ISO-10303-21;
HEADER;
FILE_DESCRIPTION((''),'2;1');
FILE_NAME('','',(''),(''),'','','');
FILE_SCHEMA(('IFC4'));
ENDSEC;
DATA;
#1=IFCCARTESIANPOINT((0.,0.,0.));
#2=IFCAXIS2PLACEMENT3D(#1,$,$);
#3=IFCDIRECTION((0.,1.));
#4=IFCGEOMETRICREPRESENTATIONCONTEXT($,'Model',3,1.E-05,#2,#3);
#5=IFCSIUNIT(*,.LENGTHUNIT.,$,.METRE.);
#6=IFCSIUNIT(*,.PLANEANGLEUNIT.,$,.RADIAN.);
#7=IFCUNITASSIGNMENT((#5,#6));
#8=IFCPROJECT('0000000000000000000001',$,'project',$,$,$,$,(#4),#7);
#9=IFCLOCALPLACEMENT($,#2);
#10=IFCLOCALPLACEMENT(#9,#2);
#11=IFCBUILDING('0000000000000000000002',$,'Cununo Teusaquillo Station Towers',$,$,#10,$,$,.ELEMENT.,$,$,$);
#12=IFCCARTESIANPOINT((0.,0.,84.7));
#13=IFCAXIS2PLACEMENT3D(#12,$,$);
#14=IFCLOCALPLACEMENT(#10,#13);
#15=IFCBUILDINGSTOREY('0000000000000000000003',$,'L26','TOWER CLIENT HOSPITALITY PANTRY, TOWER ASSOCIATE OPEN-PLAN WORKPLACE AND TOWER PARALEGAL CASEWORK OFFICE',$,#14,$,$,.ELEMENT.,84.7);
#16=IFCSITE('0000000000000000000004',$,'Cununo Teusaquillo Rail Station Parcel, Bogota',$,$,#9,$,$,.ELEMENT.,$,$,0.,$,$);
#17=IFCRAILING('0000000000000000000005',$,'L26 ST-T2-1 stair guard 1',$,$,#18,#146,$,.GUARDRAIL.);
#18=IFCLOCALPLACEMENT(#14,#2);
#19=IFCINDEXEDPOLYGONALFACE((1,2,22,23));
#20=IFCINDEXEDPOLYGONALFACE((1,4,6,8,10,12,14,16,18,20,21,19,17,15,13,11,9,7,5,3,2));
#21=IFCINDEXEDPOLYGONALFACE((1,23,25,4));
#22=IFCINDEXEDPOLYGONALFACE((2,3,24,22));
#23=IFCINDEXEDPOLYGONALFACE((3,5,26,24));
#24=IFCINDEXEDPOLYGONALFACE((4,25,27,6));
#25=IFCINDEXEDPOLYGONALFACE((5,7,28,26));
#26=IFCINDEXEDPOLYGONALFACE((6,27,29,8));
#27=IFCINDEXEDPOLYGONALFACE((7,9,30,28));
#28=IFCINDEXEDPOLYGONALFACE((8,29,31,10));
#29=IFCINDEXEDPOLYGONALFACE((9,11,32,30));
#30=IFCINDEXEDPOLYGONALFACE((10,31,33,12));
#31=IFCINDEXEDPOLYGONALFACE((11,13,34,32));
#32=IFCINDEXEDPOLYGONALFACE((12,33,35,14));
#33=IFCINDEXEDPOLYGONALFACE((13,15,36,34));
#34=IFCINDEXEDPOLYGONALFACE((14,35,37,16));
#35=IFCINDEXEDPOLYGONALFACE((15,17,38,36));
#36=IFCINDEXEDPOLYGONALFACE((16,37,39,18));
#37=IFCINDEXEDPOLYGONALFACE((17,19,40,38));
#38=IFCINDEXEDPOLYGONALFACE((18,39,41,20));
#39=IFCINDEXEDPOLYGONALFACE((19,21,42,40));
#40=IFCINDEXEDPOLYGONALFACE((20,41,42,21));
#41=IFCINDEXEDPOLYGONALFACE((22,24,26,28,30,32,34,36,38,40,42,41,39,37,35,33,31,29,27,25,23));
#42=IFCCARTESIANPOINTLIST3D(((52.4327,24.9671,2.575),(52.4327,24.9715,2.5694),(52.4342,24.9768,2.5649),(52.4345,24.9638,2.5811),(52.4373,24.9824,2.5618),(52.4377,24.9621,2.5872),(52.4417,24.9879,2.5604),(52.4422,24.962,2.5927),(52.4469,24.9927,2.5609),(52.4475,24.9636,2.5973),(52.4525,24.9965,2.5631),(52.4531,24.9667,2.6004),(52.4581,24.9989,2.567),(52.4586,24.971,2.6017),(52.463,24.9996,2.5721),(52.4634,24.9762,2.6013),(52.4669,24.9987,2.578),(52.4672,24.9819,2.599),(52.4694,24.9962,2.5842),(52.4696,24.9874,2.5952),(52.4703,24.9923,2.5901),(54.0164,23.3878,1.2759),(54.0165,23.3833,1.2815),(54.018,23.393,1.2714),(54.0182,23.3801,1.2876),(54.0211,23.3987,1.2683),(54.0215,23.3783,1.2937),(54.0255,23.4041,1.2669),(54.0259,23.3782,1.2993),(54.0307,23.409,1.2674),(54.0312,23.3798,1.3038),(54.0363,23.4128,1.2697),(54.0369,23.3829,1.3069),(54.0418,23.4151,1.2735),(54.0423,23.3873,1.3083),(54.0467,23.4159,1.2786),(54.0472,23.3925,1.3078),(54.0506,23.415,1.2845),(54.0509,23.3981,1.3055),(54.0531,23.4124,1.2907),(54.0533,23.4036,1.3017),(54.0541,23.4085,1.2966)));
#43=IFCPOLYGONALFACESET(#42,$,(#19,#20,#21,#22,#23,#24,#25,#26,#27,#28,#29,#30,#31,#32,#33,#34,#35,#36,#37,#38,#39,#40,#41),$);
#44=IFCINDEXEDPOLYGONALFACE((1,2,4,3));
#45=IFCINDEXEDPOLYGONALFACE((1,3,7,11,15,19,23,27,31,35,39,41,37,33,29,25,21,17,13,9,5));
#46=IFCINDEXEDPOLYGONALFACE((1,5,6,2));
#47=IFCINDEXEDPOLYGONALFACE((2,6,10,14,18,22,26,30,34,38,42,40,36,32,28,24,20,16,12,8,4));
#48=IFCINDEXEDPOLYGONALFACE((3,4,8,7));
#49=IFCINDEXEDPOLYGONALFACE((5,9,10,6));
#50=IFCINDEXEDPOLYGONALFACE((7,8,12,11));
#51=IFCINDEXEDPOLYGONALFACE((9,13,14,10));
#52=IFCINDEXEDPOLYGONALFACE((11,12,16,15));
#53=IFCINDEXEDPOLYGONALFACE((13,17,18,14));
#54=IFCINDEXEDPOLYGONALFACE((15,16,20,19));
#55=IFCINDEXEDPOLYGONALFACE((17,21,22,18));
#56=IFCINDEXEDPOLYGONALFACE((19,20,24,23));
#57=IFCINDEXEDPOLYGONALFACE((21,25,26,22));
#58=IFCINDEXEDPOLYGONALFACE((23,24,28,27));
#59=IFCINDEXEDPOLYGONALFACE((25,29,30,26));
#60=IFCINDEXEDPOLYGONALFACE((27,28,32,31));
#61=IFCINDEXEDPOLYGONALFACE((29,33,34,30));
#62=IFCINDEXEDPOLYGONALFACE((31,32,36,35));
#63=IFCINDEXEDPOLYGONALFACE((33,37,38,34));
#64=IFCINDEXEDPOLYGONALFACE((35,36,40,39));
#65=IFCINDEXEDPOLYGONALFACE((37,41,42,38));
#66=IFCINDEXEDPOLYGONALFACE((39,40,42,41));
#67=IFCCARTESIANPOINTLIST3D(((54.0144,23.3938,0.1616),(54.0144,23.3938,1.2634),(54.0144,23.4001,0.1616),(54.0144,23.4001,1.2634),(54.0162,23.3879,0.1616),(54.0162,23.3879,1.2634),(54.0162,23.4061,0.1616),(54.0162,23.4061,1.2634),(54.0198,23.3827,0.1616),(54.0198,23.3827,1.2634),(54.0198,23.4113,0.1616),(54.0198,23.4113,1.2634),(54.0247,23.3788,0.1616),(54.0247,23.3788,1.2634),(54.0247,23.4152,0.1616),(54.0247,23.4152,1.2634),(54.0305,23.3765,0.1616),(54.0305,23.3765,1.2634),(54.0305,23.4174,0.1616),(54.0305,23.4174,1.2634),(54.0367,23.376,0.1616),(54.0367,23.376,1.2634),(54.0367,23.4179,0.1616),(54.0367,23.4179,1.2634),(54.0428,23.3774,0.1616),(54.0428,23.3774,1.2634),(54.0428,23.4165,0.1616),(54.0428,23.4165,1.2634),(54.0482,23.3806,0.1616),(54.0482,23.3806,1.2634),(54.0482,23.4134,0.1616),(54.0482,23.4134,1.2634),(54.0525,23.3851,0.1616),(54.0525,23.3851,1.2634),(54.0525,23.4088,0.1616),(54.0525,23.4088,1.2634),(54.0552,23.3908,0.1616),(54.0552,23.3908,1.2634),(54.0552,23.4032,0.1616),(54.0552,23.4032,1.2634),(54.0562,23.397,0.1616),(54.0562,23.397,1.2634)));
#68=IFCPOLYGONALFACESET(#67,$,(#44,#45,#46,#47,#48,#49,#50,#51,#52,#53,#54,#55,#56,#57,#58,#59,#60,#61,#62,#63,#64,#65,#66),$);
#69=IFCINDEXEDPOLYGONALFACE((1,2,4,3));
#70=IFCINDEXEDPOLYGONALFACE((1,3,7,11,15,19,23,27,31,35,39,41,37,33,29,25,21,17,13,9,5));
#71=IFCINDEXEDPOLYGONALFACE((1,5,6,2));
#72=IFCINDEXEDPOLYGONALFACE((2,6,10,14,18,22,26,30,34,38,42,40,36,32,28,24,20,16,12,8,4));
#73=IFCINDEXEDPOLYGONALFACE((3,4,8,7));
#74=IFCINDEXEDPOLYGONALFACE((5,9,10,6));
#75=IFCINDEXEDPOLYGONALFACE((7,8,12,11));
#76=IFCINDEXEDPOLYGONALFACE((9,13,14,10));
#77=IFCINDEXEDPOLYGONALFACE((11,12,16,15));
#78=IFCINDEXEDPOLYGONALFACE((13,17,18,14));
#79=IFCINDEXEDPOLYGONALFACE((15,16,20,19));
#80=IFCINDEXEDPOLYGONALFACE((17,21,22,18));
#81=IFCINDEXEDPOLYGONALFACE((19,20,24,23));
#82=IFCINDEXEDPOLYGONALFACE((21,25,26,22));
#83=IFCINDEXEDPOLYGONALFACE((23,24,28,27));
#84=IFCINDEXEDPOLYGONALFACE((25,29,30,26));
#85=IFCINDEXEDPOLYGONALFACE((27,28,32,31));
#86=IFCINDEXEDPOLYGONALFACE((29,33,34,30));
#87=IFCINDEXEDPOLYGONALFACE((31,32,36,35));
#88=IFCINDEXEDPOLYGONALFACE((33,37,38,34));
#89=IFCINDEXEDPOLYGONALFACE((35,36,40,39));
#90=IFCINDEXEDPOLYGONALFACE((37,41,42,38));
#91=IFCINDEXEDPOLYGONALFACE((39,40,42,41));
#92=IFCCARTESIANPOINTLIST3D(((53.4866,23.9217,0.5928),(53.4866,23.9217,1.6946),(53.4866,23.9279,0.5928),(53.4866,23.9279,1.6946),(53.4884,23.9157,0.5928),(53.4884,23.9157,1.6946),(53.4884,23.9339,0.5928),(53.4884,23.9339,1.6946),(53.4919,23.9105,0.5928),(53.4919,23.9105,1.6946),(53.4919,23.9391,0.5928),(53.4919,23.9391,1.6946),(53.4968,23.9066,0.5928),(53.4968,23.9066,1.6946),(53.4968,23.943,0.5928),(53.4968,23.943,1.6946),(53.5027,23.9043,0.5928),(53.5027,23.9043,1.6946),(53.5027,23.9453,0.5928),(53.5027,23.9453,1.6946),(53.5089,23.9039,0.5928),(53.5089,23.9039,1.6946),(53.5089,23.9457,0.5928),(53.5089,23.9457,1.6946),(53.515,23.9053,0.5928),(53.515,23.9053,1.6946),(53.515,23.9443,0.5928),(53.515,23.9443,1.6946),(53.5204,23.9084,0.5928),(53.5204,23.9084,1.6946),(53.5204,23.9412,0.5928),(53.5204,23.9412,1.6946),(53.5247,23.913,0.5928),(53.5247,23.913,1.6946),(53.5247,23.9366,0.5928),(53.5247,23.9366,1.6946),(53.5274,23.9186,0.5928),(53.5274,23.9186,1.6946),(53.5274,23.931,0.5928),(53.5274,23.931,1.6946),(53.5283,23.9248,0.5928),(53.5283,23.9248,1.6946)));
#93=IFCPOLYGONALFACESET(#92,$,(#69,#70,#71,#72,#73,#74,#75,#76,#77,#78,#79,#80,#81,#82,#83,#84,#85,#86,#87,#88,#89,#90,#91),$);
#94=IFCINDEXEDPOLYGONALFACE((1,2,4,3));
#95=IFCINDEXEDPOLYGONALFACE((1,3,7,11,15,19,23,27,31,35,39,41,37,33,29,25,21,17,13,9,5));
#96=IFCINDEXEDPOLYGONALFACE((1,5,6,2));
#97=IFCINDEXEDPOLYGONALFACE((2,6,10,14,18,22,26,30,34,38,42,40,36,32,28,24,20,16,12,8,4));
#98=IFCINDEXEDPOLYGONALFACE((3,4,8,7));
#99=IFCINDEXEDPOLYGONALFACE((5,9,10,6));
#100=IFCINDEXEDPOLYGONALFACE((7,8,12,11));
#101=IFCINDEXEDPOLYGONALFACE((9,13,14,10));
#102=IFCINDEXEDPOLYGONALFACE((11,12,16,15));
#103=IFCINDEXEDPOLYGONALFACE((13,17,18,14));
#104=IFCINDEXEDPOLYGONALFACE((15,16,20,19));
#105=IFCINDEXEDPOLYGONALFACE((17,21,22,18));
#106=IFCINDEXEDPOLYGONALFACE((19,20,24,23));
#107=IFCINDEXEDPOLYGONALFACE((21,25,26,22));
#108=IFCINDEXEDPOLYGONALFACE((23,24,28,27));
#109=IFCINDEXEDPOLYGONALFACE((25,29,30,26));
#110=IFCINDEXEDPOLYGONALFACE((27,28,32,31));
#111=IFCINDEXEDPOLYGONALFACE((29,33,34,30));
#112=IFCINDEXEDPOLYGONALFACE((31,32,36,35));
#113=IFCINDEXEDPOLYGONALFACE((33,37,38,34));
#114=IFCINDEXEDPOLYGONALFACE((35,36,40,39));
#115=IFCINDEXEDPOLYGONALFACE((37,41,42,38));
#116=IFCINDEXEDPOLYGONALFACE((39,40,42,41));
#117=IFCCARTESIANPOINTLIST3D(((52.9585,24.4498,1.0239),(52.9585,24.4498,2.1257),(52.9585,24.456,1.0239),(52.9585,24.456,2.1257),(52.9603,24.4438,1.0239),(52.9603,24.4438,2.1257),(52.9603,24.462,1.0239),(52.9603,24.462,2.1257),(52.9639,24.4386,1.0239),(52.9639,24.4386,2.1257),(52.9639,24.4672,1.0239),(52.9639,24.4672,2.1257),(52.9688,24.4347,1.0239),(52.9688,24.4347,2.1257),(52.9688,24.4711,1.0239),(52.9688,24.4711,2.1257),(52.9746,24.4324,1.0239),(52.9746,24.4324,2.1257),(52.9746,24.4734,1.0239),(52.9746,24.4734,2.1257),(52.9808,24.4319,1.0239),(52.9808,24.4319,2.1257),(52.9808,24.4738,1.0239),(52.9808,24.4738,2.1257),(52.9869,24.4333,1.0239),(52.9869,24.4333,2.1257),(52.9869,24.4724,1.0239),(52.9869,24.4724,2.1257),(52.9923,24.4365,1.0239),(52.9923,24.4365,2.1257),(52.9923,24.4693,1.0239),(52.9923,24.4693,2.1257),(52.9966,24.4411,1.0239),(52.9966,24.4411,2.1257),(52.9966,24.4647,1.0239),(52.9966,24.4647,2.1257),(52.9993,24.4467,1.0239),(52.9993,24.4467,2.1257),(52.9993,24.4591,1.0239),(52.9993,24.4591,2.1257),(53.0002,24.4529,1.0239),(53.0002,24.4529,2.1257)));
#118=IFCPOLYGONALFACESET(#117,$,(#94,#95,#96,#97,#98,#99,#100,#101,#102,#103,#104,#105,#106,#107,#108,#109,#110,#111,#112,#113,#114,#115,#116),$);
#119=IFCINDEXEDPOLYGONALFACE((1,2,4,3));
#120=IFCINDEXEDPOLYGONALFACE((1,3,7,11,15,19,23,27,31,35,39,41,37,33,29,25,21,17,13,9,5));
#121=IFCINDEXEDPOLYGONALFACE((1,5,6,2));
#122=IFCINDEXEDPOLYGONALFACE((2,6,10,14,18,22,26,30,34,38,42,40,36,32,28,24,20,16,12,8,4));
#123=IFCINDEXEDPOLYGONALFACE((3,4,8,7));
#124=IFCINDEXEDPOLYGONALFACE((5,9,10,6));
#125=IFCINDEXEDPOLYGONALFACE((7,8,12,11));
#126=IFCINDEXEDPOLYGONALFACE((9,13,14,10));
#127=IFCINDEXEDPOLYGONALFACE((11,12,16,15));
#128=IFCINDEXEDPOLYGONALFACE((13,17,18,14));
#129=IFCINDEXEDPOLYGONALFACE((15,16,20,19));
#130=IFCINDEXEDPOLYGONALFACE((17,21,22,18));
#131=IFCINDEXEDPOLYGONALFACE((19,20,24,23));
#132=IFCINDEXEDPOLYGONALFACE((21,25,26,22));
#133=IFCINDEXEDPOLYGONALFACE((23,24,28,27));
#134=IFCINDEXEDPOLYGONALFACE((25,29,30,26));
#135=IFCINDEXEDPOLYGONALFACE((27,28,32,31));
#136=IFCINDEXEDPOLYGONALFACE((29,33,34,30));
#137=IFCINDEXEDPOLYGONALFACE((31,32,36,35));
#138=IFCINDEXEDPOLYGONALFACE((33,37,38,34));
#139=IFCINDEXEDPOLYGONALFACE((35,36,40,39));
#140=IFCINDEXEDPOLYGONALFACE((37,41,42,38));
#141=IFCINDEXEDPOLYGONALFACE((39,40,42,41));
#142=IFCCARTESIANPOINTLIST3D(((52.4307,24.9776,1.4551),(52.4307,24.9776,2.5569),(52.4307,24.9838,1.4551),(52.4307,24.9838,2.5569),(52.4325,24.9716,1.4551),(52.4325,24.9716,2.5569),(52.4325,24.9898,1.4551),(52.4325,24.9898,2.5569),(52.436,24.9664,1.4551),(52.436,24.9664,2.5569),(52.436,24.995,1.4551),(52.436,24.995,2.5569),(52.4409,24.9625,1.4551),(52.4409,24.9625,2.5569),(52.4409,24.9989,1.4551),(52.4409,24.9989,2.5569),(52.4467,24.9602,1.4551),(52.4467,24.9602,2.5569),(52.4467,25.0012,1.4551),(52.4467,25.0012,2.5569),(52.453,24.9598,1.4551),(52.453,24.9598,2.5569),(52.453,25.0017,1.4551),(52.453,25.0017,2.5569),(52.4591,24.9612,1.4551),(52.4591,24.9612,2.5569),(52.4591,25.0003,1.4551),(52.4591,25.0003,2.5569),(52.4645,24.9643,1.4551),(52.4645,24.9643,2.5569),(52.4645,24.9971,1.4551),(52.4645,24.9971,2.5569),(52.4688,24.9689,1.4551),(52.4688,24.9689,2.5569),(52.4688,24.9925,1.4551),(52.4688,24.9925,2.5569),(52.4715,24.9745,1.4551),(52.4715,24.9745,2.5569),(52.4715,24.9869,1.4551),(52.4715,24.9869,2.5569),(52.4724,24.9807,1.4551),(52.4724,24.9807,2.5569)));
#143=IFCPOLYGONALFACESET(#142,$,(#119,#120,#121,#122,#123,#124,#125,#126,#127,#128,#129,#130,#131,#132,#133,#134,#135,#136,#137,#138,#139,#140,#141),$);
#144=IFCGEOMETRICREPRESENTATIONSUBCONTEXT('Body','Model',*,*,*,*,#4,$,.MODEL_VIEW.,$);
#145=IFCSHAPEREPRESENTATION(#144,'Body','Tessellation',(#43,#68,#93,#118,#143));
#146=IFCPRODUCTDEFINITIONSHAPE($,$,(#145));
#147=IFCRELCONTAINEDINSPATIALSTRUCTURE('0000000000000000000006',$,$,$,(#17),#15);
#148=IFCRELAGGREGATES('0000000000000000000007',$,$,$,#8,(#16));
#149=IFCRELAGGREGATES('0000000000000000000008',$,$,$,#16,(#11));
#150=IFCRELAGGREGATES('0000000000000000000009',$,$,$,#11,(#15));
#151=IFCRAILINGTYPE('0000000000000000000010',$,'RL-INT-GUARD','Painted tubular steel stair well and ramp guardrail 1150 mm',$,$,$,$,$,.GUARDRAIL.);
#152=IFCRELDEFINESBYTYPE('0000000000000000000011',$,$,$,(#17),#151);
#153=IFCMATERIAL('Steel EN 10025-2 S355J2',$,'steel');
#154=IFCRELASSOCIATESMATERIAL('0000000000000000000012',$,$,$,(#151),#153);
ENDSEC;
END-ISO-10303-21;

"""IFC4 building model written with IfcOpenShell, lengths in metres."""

from ifc_helpers import new_model, si_unit, direction, frame, origin, origin_2d, place, context, subcontext, project, spatial, circle, extrude, material, type_object, element, save


model = new_model("IFC4")

# Units and contexts
model_context = context("Model", 3, precision=1e-05, world=origin(), true_north=direction((0.0, 1.0)))
body_context = subcontext(model_context, "Body", "Model", "MODEL_VIEW")
ifc_project = project(units=[si_unit("LENGTHUNIT", "METRE"), si_unit("PLANEANGLEUNIT", "RADIAN")], contexts=[model_context])

# Site, building, storey
site_placement = place(None, origin())
site = spatial("IfcSite", under=ifc_project, at=site_placement, Name="Cununo Teusaquillo Rail Station Parcel, Bogota", CompositionType="ELEMENT", RefElevation=0.0)
building_placement = place(site_placement, origin())
building = spatial("IfcBuilding", under=site, at=building_placement, Name="Cununo Teusaquillo Station Towers", CompositionType="ELEMENT")
storey_placement = place(building_placement, frame((0.0, 0.0, 84.7)))
storey = spatial("IfcBuildingStorey", under=building, at=storey_placement, Name="L26", Description="TOWER CLIENT HOSPITALITY PANTRY, TOWER ASSOCIATE OPEN-PLAN WORKPLACE AND TOWER PARALEGAL CASEWORK OFFICE", CompositionType="ELEMENT", Elevation=84.7)

# Railing
ifc_material_1 = material(Name="Steel EN 10025-2 S355J2", Category="steel")
railing_type_1 = type_object("IfcRailingType", Name="RL-INT-GUARD", Description="Painted tubular steel stair well and ramp guardrail 1150 mm", PredefinedType="GUARDRAIL", material=ifc_material_1)
railing_1_placement = place(storey_placement, frame((54.0352, 23.397, 0.1616)))
element("IfcRailing", 1, at=railing_1_placement, inside=storey, type_object=railing_type_1, Name="L26 ST-T2-1 stair guard 1", PredefinedType="GUARDRAIL", context=body_context, shape_type="SweptSolid", body=[
    extrude(circle(Radius=0.0239, at=origin_2d()), frame((0.0, 0.0, 1.126), z_axis=(-0.612332, 0.612332, 0.500098), x_axis=(-0.707107, -0.707107, 0.0)), (0.0, 0.0, 1.0), 2.5864),
    extrude(circle(Radius=0.021, at=origin_2d()), origin(), (0.0, 0.0, 1.0), 1.1018),
    extrude(circle(Radius=0.021, at=origin_2d()), frame((-0.5278, 0.5278, 0.4312)), (0.0, 0.0, 1.0), 1.1018),
    extrude(circle(Radius=0.021, at=origin_2d()), frame((-1.0559, 1.0559, 0.8623)), (0.0, 0.0, 1.0), 1.1018),
    extrude(circle(Radius=0.021, at=origin_2d()), frame((-1.5837, 1.5837, 1.2935)), (0.0, 0.0, 1.0), 1.1018),
])

save(model, "model.ifc")
